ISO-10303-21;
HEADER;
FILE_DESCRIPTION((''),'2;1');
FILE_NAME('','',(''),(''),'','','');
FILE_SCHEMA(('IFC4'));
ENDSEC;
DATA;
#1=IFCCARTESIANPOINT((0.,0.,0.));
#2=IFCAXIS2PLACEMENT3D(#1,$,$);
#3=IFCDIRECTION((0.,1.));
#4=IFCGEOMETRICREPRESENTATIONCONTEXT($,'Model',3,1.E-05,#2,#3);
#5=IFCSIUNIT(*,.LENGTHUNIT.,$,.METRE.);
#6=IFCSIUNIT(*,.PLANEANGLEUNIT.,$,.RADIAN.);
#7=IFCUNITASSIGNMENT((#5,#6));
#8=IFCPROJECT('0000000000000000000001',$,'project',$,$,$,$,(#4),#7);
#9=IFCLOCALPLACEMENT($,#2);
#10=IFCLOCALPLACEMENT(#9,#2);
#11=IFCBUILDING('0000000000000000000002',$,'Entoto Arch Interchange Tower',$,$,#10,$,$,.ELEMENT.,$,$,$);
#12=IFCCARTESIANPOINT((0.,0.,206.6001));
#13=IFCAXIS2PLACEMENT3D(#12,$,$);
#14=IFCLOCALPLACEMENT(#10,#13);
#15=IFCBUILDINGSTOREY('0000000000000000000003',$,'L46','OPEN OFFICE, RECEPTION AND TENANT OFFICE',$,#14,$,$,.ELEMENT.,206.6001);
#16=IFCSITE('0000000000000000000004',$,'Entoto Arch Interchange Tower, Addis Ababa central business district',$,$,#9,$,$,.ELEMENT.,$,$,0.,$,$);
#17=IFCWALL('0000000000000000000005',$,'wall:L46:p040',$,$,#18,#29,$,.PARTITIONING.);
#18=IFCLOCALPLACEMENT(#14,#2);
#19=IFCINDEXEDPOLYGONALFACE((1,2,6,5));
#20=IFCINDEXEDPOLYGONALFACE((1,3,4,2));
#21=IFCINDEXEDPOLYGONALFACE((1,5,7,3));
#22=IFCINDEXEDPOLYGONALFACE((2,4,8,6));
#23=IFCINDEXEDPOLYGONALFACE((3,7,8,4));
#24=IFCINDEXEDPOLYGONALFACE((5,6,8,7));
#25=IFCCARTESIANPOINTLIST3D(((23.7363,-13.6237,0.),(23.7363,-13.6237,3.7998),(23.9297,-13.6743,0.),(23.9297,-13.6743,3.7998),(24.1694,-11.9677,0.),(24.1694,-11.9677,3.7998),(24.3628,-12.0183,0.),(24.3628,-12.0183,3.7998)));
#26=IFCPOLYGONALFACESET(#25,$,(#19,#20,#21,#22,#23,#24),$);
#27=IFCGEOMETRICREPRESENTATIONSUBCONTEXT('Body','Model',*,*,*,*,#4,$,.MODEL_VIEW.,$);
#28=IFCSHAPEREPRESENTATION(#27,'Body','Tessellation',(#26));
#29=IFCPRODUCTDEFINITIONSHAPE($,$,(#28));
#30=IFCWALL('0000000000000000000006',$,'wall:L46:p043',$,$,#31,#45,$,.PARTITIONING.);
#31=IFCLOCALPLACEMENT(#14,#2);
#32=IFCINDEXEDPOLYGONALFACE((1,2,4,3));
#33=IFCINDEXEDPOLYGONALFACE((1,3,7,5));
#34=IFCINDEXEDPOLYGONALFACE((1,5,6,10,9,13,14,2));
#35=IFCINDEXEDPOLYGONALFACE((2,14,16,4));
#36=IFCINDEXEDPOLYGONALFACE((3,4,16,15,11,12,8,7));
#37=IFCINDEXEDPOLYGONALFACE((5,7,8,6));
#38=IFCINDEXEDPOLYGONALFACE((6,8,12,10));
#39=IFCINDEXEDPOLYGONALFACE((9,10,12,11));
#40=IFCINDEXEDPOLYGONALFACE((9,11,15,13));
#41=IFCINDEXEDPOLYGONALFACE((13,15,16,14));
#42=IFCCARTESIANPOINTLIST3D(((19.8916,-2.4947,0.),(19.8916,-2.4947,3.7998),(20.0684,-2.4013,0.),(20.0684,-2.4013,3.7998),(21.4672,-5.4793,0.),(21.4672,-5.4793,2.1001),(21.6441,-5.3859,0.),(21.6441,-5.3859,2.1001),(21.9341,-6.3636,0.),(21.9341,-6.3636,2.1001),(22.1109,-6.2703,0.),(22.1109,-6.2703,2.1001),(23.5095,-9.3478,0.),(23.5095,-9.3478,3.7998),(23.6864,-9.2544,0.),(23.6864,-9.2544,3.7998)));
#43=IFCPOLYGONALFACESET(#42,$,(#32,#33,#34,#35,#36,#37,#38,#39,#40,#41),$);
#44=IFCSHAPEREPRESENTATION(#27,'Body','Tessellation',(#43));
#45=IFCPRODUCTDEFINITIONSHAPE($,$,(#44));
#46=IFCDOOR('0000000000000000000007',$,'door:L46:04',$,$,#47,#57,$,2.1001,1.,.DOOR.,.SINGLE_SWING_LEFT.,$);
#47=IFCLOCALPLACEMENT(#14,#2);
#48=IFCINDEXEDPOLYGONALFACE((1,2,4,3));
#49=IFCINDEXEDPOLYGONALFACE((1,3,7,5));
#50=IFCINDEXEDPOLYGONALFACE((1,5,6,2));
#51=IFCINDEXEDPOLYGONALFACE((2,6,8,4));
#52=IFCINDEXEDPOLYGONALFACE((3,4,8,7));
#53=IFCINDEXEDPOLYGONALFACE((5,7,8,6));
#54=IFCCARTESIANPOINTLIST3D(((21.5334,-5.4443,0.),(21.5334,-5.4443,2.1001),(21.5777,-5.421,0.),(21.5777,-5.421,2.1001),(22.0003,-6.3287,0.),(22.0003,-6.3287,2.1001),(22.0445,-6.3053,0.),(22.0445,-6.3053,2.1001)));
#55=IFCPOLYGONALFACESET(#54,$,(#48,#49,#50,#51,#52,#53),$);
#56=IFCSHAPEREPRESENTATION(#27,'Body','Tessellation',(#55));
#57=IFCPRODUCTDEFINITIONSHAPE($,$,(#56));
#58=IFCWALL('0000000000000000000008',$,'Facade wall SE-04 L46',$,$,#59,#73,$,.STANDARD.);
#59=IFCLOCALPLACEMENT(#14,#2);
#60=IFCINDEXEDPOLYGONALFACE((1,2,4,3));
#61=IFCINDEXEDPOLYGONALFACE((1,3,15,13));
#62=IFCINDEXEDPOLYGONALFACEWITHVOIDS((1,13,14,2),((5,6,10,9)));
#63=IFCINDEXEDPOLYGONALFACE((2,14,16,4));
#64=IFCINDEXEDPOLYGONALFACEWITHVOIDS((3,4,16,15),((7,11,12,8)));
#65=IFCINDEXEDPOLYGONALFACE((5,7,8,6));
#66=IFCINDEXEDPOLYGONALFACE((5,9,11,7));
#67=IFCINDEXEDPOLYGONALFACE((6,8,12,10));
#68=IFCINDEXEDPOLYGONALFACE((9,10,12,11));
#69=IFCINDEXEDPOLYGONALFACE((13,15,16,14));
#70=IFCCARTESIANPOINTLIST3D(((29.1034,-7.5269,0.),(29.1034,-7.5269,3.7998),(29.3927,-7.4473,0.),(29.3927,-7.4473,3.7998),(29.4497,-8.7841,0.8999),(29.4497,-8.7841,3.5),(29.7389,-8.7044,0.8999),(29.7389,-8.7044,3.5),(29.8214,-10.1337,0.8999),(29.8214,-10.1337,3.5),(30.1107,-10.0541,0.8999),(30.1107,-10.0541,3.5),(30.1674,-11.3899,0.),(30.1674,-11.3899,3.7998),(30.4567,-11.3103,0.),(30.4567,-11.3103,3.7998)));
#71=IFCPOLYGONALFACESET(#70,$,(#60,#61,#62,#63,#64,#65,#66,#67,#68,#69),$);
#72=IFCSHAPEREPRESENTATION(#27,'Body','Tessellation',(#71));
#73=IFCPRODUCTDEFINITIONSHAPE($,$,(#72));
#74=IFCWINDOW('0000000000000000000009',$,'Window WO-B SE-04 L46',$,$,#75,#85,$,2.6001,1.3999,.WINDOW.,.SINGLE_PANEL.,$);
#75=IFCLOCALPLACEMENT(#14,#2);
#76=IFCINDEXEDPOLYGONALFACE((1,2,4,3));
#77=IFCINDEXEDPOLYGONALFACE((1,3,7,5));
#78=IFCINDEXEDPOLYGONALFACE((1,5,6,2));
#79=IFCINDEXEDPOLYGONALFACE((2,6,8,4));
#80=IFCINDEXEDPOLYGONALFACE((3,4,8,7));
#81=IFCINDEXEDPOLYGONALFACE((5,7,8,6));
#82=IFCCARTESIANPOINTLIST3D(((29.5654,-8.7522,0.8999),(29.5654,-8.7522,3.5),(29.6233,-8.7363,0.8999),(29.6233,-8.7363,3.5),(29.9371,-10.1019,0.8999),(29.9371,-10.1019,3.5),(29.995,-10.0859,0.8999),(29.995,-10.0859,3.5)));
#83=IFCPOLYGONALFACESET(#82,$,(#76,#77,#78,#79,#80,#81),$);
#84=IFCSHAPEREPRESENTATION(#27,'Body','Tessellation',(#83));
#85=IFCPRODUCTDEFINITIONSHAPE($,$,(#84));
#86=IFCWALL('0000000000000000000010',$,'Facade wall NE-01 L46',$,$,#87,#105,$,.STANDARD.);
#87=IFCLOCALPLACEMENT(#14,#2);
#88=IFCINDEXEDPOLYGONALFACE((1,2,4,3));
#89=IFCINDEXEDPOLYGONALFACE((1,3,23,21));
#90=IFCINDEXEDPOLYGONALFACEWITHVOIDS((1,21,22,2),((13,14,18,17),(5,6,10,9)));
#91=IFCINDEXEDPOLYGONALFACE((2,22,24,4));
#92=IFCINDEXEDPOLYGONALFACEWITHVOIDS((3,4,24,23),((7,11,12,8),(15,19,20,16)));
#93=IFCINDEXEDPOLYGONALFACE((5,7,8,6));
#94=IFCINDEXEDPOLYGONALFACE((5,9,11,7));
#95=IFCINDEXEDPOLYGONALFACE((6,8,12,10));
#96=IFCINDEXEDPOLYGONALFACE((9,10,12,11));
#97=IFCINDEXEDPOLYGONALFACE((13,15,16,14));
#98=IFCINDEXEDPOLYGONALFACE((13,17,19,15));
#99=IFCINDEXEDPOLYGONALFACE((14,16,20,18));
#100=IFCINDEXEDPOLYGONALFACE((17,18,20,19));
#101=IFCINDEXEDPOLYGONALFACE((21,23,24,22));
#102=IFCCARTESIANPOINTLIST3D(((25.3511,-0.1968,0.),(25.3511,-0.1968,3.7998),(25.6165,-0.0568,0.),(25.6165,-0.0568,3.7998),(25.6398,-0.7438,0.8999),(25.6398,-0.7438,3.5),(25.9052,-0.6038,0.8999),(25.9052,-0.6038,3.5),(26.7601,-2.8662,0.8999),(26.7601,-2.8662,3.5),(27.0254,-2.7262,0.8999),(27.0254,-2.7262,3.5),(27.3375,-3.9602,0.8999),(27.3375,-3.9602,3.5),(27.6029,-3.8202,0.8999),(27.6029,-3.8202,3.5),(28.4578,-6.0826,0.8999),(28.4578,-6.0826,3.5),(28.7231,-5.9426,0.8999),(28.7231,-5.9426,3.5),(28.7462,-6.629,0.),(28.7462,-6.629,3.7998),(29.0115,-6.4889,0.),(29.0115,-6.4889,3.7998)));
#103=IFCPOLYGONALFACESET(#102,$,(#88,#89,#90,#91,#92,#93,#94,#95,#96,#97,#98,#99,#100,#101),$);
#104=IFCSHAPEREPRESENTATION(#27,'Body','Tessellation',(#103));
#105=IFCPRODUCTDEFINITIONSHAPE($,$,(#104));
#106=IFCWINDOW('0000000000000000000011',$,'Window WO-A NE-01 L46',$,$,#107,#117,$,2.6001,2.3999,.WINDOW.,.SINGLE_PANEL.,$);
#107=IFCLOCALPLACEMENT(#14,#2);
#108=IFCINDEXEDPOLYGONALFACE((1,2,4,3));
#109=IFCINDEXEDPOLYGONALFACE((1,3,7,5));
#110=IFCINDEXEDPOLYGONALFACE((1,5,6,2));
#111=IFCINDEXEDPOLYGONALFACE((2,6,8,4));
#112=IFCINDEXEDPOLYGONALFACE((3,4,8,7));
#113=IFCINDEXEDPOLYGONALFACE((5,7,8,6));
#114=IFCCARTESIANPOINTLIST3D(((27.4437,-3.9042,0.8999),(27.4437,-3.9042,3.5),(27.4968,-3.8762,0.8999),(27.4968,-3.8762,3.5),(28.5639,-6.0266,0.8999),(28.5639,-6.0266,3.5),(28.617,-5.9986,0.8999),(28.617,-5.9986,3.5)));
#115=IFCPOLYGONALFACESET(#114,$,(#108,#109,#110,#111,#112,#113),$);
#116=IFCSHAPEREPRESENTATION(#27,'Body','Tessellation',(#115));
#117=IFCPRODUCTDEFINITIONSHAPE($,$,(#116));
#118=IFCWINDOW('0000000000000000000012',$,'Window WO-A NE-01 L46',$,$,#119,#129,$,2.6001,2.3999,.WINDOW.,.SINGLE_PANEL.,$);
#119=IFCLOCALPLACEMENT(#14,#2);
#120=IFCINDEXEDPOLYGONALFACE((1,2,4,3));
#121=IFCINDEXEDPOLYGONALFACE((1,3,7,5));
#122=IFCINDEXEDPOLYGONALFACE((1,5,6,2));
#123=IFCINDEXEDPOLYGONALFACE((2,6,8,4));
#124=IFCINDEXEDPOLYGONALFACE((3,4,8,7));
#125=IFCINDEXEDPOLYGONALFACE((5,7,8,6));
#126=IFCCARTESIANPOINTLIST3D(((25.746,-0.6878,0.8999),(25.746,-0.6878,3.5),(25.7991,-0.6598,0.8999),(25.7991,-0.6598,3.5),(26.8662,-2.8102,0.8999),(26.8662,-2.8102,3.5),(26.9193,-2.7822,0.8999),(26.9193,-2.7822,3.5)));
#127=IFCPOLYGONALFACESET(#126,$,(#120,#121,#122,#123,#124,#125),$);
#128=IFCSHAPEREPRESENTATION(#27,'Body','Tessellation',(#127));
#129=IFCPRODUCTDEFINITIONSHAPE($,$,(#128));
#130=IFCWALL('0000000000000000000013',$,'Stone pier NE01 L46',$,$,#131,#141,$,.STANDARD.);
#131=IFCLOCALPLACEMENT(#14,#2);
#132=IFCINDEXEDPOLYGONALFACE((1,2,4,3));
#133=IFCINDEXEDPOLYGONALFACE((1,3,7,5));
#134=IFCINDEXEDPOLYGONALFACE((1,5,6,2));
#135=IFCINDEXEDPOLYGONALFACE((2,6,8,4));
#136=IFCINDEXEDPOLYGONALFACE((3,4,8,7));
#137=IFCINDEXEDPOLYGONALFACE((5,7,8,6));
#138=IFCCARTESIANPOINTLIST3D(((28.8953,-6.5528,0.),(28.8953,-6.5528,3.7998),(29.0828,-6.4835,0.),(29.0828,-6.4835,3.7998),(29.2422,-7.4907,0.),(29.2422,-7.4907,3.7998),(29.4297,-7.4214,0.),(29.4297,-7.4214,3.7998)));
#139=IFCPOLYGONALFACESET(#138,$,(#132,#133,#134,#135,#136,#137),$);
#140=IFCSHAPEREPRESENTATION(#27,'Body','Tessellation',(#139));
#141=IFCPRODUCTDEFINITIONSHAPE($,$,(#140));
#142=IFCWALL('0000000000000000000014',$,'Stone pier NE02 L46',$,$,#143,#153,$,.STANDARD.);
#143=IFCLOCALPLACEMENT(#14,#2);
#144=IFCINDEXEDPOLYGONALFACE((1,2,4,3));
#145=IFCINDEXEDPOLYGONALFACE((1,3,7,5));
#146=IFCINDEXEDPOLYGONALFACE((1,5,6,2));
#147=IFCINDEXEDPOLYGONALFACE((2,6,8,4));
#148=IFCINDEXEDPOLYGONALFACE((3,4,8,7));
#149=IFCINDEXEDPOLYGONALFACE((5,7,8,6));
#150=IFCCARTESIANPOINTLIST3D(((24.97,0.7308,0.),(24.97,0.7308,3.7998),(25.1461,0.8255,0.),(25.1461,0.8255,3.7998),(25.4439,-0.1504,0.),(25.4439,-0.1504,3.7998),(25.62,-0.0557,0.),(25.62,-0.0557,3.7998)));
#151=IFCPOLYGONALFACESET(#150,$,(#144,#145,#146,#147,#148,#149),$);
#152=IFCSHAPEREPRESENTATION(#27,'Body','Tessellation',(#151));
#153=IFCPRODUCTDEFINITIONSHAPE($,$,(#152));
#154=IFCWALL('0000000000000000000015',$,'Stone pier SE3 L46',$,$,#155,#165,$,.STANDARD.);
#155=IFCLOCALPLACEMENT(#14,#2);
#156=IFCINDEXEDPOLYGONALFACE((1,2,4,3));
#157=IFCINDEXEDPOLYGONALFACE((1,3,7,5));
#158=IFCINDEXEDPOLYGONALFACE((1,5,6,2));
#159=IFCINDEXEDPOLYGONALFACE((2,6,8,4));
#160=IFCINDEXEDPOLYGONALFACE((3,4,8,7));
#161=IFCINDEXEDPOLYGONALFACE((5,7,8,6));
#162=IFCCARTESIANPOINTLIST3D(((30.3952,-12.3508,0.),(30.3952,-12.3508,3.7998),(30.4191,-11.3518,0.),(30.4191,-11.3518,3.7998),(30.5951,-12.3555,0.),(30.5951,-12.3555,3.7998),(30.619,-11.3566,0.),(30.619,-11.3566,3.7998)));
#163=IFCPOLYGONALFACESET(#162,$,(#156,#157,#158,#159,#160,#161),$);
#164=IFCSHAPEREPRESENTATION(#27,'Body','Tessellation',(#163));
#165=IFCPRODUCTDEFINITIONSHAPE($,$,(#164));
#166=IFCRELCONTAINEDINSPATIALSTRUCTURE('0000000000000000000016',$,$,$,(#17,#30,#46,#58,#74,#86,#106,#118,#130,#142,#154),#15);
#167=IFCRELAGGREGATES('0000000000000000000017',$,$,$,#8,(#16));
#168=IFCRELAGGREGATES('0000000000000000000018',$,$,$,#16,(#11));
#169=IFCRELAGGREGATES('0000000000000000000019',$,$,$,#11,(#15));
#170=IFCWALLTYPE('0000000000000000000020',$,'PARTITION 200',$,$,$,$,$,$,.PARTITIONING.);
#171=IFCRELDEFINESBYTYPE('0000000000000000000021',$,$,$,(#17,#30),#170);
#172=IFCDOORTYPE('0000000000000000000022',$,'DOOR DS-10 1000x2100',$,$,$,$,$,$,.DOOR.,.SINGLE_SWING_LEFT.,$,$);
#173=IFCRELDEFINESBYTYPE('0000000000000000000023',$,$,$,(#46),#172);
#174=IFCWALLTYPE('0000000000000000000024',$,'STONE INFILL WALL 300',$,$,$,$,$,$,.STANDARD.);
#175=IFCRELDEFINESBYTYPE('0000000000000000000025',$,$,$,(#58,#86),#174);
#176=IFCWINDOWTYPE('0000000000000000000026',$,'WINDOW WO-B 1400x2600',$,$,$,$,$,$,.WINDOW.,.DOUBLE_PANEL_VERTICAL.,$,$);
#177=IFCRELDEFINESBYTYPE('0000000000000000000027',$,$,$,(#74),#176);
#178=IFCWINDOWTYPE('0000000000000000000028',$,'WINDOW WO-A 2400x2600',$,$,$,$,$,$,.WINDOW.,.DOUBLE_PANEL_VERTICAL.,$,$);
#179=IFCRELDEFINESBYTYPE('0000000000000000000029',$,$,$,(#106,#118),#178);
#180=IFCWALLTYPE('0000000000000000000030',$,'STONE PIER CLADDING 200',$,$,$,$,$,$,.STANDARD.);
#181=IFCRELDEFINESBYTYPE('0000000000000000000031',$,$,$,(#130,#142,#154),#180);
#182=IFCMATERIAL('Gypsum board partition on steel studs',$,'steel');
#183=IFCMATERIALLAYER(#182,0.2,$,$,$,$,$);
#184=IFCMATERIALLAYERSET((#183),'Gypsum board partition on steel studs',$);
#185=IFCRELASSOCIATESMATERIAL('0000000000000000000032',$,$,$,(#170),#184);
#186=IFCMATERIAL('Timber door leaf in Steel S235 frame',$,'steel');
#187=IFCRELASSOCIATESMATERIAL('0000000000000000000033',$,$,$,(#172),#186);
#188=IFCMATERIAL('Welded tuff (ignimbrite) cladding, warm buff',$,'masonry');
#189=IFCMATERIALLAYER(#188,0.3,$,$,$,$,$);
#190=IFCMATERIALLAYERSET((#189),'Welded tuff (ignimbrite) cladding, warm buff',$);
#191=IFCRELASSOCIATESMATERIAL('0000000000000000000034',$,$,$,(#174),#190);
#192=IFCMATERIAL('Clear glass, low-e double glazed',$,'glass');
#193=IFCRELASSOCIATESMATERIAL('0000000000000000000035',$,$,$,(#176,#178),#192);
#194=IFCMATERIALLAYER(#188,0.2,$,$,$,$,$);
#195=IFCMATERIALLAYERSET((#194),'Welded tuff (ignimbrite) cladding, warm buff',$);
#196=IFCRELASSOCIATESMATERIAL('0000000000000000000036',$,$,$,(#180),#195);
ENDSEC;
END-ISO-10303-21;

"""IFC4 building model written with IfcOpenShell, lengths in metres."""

from ifc_helpers import new_model, si_unit, direction, frame, frame_2d, origin, place, context, subcontext, project, spatial, rectangle, extrude, material, layer, layer_set, type_object, element, fill, save


model = new_model("IFC4")

# Units and contexts
model_context = context("Model", 3, precision=1e-05, world=origin(), true_north=direction((0.0, 1.0)))
body_context = subcontext(model_context, "Body", "Model", "MODEL_VIEW")
ifc_project = project(units=[si_unit("LENGTHUNIT", "METRE"), si_unit("PLANEANGLEUNIT", "RADIAN")], contexts=[model_context])

# Site, building, storey
site_placement = place(None, origin())
site = spatial("IfcSite", under=ifc_project, at=site_placement, Name="Entoto Arch Interchange Tower, Addis Ababa central business district", CompositionType="ELEMENT", RefElevation=0.0)
building_placement = place(site_placement, origin())
building = spatial("IfcBuilding", under=site, at=building_placement, Name="Entoto Arch Interchange Tower", CompositionType="ELEMENT")
storey_placement = place(building_placement, frame((0.0, 0.0, 206.6001)))
storey = spatial("IfcBuildingStorey", under=building, at=storey_placement, Name="L46", Description="OPEN OFFICE, RECEPTION AND TENANT OFFICE", CompositionType="ELEMENT", Elevation=206.6001)

# Shared definitions
ifc_material_1 = material(Name="Gypsum board partition on steel studs", Category="steel")
ifc_layer_1 = layer(ifc_material_1, 0.2)
ifc_layer_set_1 = layer_set([ifc_layer_1], Name="Gypsum board partition on steel studs")
wall_type_1 = type_object("IfcWallType", Name="PARTITION 200", PredefinedType="PARTITIONING", material=ifc_layer_set_1)

# Shared definitions
ifc_material_2 = material(Name="Timber door leaf in Steel S235 frame", Category="steel")

# Wall
wall_1_placement = place(storey_placement, frame((24.2661, -11.9929, 0.0), z_axis=(0.0, 0.0, 1.0), x_axis=(-0.253026, -0.96746, 0.0)))
element("IfcWall", 1, at=wall_1_placement, inside=storey, type_object=wall_type_1, Name="wall:L46:p040", PredefinedType="PARTITIONING", context=body_context, shape_type="SweptSolid", body=[
    extrude(rectangle(XDim=1.7117, YDim=0.2, at=frame_2d((0.856, 0.0))), origin(), (0.0, 0.0, 1.0), 3.7998),
])

# Wall, opening, door
wall_2_placement = place(storey_placement, frame((19.98, -2.448, 0.0), z_axis=(0.0, 0.0, 1.0), x_axis=(0.466864, -0.884329, 0.0)))
wall_2 = element("IfcWall", 2, at=wall_2_placement, inside=storey, type_object=wall_type_1, Name="wall:L46:p043", PredefinedType="PARTITIONING", context=body_context, shape_type="SweptSolid", body=[
    extrude(rectangle(XDim=7.7495, YDim=0.2, at=frame_2d((3.8748, 0.0))), origin(), (0.0, 0.0, 1.0), 3.7998),
])
opening_1_placement = place(wall_2_placement, frame((3.375, 0.0, 0.0)))
opening_1 = element("IfcOpeningElement", 3, at=opening_1_placement, cuts=wall_2, PredefinedType="OPENING", context=body_context, shape_type="SweptSolid", body=[
    extrude(rectangle(XDim=1.0, YDim=2.1001, at=frame_2d((0.5, 1.05))), frame((0.0, 0.1099, 0.0), z_axis=(0.0, -1.0, 0.0), x_axis=(1.0, 0.0, 0.0)), (0.0, 0.0, 1.0), 0.22),
])
door_type_1 = type_object("IfcDoorType", Name="DOOR DS-10 1000x2100", OperationType="SINGLE_SWING_LEFT", PredefinedType="DOOR", material=ifc_material_2)
door_1_placement = place(opening_1_placement, origin())
door_1 = element("IfcDoor", 4, at=door_1_placement, inside=storey, type_object=door_type_1, Name="door:L46:04", OperationType="SINGLE_SWING_LEFT", OverallHeight=2.1001, OverallWidth=1.0, PredefinedType="DOOR", context=body_context, shape_type="SweptSolid", body=[
    extrude(rectangle(XDim=1.0, YDim=2.1001, at=frame_2d((0.5, 1.05))), frame((0.0, 0.0249, 0.0), z_axis=(0.0, -1.0, 0.0), x_axis=(1.0, 0.0, 0.0)), (0.0, 0.0, 1.0), 0.05),
])
fill(opening_1, door_1)

# Wall, opening, window
ifc_material_3 = material(Name="Welded tuff (ignimbrite) cladding, warm buff", Category="masonry")
ifc_layer_2 = layer(ifc_material_3, 0.3)
ifc_layer_set_2 = layer_set([ifc_layer_2], Name="Welded tuff (ignimbrite) cladding, warm buff")
wall_type_2 = type_object("IfcWallType", Name="STONE INFILL WALL 300", PredefinedType="STANDARD", material=ifc_layer_set_2)
wall_3_placement = place(storey_placement, frame((30.312, -11.3501, 0.0), z_axis=(0.0, 0.0, 1.0), x_axis=(-0.265535, 0.964101, 0.0)))
wall_3 = element("IfcWall", 5, at=wall_3_placement, inside=storey, type_object=wall_type_2, Name="Facade wall SE-04 L46", PredefinedType="STANDARD", context=body_context, shape_type="SweptSolid", body=[
    extrude(rectangle(XDim=4.0068, YDim=0.3, at=frame_2d((2.0034, 0.0))), origin(), (0.0, 0.0, 1.0), 3.7998),
])
opening_2_placement = place(wall_3_placement, frame((1.303, 0.0, 0.8999)))
opening_2 = element("IfcOpeningElement", 6, at=opening_2_placement, cuts=wall_3, PredefinedType="OPENING", context=body_context, shape_type="SweptSolid", body=[
    extrude(rectangle(XDim=1.3999, YDim=2.6001, at=frame_2d((0.7, 1.3))), frame((0.0, 0.1602, 0.0), z_axis=(0.0, -1.0, 0.0), x_axis=(1.0, 0.0, 0.0)), (0.0, 0.0, 1.0), 0.3201),
])
ifc_material_4 = material(Name="Clear glass, low-e double glazed", Category="glass")
window_type_1 = type_object("IfcWindowType", Name="WINDOW WO-B 1400x2600", PartitioningType="DOUBLE_PANEL_VERTICAL", PredefinedType="WINDOW", material=ifc_material_4)
window_1_placement = place(opening_2_placement, origin())
window_1 = element("IfcWindow", 7, at=window_1_placement, inside=storey, type_object=window_type_1, Name="Window WO-B SE-04 L46", OverallHeight=2.6001, OverallWidth=1.3999, PartitioningType="SINGLE_PANEL", PredefinedType="WINDOW", context=body_context, shape_type="SweptSolid", body=[
    extrude(rectangle(XDim=1.3999, YDim=2.6001, at=frame_2d((0.7, 1.3))), frame((0.0, 0.03, 0.0), z_axis=(0.0, -1.0, 0.0), x_axis=(1.0, 0.0, 0.0)), (0.0, 0.0, 1.0), 0.0601),
])
fill(opening_2, window_1)

# Wall, openings, windows
wall_4_placement = place(storey_placement, frame((28.8789, -6.5591, 0.0), z_axis=(0.0, 0.0, 1.0), x_axis=(-0.466789, 0.884369, 0.0)))
wall_4 = element("IfcWall", 8, at=wall_4_placement, inside=storey, type_object=wall_type_2, Name="Facade wall NE-01 L46", PredefinedType="STANDARD", context=body_context, shape_type="SweptSolid", body=[
    extrude(rectangle(XDim=7.2732, YDim=0.3, at=frame_2d((3.6367, 0.0))), origin(), (0.0, 0.0, 1.0), 3.7998),
])
opening_3_placement = place(wall_4_placement, frame((0.6179, 0.0, 0.8999)))
opening_3 = element("IfcOpeningElement", 9, at=opening_3_placement, cuts=wall_4, PredefinedType="OPENING", context=body_context, shape_type="SweptSolid", body=[
    extrude(rectangle(XDim=2.3999, YDim=2.6001, at=frame_2d((1.2, 1.3))), frame((0.0, 0.1602, 0.0), z_axis=(0.0, -1.0, 0.0), x_axis=(1.0, 0.0, 0.0)), (0.0, 0.0, 1.0), 0.3201),
])
opening_4_placement = place(wall_4_placement, frame((4.2549, 0.0, 0.8999)))
opening_4 = element("IfcOpeningElement", 10, at=opening_4_placement, cuts=wall_4, PredefinedType="OPENING", context=body_context, shape_type="SweptSolid", body=[
    extrude(rectangle(XDim=2.3999, YDim=2.6001, at=frame_2d((1.2, 1.3))), frame((0.0, 0.1602, 0.0), z_axis=(0.0, -1.0, 0.0), x_axis=(1.0, 0.0, 0.0)), (0.0, 0.0, 1.0), 0.3201),
])
window_type_2 = type_object("IfcWindowType", Name="WINDOW WO-A 2400x2600", PartitioningType="DOUBLE_PANEL_VERTICAL", PredefinedType="WINDOW", material=ifc_material_4)
window_2_placement = place(opening_3_placement, origin())
window_2 = element("IfcWindow", 11, at=window_2_placement, inside=storey, type_object=window_type_2, Name="Window WO-A NE-01 L46", OverallHeight=2.6001, OverallWidth=2.3999, PartitioningType="SINGLE_PANEL", PredefinedType="WINDOW", context=body_context, shape_type="SweptSolid", body=[
    extrude(rectangle(XDim=2.3999, YDim=2.6001, at=frame_2d((1.2, 1.3))), frame((0.0, 0.03, 0.0), z_axis=(0.0, -1.0, 0.0), x_axis=(1.0, 0.0, 0.0)), (0.0, 0.0, 1.0), 0.0601),
])
fill(opening_3, window_2)
window_3_placement = place(opening_4_placement, origin())
window_3 = element("IfcWindow", 12, at=window_3_placement, inside=storey, type_object=window_type_2, Name="Window WO-A NE-01 L46", OverallHeight=2.6001, OverallWidth=2.3999, PartitioningType="SINGLE_PANEL", PredefinedType="WINDOW", context=body_context, shape_type="SweptSolid", body=[
    extrude(rectangle(XDim=2.3999, YDim=2.6001, at=frame_2d((1.2, 1.3))), frame((0.0, 0.03, 0.0), z_axis=(0.0, -1.0, 0.0), x_axis=(1.0, 0.0, 0.0)), (0.0, 0.0, 1.0), 0.0601),
])
fill(opening_4, window_3)

# Walls
ifc_layer_3 = layer(ifc_material_3, 0.2)
ifc_layer_set_3 = layer_set([ifc_layer_3], Name="Welded tuff (ignimbrite) cladding, warm buff")
wall_type_3 = type_object("IfcWallType", Name="STONE PIER CLADDING 200", PredefinedType="STANDARD", material=ifc_layer_set_3)
wall_5_placement = place(storey_placement, frame((29.3359, -7.4561, 0.0), z_axis=(0.0, 0.0, 1.0), x_axis=(-0.346893, 0.937905, 0.0)))
element("IfcWall", 13, at=wall_5_placement, inside=storey, type_object=wall_type_3, Name="Stone pier NE01 L46", PredefinedType="STANDARD", context=body_context, shape_type="SweptSolid", body=[
    extrude(rectangle(XDim=1.0, YDim=0.2, at=frame_2d((0.5, 0.0))), origin(), (0.0, 0.0, 1.0), 3.7998),
])
wall_6_placement = place(storey_placement, frame((25.532, -0.103, 0.0), z_axis=(0.0, 0.0, 1.0), x_axis=(-0.473663, 0.880706, 0.0)))
element("IfcWall", 14, at=wall_6_placement, inside=storey, type_object=wall_type_3, Name="Stone pier NE02 L46", PredefinedType="STANDARD", context=body_context, shape_type="SweptSolid", body=[
    extrude(rectangle(XDim=1.0005, YDim=0.2, at=frame_2d((0.5002, 0.0))), origin(), (0.0, 0.0, 1.0), 3.7998),
])
wall_7_placement = place(storey_placement, frame((30.4951, -12.353, 0.0), z_axis=(0.0, 0.0, 1.0), x_axis=(0.023942, 0.999713, 0.0)))
element("IfcWall", 15, at=wall_7_placement, inside=storey, type_object=wall_type_3, Name="Stone pier SE3 L46", PredefinedType="STANDARD", context=body_context, shape_type="SweptSolid", body=[
    extrude(rectangle(XDim=0.9993, YDim=0.2, at=frame_2d((0.4995, 0.0))), origin(), (0.0, 0.0, 1.0), 3.7998),
])

save(model, "model.ifc")
